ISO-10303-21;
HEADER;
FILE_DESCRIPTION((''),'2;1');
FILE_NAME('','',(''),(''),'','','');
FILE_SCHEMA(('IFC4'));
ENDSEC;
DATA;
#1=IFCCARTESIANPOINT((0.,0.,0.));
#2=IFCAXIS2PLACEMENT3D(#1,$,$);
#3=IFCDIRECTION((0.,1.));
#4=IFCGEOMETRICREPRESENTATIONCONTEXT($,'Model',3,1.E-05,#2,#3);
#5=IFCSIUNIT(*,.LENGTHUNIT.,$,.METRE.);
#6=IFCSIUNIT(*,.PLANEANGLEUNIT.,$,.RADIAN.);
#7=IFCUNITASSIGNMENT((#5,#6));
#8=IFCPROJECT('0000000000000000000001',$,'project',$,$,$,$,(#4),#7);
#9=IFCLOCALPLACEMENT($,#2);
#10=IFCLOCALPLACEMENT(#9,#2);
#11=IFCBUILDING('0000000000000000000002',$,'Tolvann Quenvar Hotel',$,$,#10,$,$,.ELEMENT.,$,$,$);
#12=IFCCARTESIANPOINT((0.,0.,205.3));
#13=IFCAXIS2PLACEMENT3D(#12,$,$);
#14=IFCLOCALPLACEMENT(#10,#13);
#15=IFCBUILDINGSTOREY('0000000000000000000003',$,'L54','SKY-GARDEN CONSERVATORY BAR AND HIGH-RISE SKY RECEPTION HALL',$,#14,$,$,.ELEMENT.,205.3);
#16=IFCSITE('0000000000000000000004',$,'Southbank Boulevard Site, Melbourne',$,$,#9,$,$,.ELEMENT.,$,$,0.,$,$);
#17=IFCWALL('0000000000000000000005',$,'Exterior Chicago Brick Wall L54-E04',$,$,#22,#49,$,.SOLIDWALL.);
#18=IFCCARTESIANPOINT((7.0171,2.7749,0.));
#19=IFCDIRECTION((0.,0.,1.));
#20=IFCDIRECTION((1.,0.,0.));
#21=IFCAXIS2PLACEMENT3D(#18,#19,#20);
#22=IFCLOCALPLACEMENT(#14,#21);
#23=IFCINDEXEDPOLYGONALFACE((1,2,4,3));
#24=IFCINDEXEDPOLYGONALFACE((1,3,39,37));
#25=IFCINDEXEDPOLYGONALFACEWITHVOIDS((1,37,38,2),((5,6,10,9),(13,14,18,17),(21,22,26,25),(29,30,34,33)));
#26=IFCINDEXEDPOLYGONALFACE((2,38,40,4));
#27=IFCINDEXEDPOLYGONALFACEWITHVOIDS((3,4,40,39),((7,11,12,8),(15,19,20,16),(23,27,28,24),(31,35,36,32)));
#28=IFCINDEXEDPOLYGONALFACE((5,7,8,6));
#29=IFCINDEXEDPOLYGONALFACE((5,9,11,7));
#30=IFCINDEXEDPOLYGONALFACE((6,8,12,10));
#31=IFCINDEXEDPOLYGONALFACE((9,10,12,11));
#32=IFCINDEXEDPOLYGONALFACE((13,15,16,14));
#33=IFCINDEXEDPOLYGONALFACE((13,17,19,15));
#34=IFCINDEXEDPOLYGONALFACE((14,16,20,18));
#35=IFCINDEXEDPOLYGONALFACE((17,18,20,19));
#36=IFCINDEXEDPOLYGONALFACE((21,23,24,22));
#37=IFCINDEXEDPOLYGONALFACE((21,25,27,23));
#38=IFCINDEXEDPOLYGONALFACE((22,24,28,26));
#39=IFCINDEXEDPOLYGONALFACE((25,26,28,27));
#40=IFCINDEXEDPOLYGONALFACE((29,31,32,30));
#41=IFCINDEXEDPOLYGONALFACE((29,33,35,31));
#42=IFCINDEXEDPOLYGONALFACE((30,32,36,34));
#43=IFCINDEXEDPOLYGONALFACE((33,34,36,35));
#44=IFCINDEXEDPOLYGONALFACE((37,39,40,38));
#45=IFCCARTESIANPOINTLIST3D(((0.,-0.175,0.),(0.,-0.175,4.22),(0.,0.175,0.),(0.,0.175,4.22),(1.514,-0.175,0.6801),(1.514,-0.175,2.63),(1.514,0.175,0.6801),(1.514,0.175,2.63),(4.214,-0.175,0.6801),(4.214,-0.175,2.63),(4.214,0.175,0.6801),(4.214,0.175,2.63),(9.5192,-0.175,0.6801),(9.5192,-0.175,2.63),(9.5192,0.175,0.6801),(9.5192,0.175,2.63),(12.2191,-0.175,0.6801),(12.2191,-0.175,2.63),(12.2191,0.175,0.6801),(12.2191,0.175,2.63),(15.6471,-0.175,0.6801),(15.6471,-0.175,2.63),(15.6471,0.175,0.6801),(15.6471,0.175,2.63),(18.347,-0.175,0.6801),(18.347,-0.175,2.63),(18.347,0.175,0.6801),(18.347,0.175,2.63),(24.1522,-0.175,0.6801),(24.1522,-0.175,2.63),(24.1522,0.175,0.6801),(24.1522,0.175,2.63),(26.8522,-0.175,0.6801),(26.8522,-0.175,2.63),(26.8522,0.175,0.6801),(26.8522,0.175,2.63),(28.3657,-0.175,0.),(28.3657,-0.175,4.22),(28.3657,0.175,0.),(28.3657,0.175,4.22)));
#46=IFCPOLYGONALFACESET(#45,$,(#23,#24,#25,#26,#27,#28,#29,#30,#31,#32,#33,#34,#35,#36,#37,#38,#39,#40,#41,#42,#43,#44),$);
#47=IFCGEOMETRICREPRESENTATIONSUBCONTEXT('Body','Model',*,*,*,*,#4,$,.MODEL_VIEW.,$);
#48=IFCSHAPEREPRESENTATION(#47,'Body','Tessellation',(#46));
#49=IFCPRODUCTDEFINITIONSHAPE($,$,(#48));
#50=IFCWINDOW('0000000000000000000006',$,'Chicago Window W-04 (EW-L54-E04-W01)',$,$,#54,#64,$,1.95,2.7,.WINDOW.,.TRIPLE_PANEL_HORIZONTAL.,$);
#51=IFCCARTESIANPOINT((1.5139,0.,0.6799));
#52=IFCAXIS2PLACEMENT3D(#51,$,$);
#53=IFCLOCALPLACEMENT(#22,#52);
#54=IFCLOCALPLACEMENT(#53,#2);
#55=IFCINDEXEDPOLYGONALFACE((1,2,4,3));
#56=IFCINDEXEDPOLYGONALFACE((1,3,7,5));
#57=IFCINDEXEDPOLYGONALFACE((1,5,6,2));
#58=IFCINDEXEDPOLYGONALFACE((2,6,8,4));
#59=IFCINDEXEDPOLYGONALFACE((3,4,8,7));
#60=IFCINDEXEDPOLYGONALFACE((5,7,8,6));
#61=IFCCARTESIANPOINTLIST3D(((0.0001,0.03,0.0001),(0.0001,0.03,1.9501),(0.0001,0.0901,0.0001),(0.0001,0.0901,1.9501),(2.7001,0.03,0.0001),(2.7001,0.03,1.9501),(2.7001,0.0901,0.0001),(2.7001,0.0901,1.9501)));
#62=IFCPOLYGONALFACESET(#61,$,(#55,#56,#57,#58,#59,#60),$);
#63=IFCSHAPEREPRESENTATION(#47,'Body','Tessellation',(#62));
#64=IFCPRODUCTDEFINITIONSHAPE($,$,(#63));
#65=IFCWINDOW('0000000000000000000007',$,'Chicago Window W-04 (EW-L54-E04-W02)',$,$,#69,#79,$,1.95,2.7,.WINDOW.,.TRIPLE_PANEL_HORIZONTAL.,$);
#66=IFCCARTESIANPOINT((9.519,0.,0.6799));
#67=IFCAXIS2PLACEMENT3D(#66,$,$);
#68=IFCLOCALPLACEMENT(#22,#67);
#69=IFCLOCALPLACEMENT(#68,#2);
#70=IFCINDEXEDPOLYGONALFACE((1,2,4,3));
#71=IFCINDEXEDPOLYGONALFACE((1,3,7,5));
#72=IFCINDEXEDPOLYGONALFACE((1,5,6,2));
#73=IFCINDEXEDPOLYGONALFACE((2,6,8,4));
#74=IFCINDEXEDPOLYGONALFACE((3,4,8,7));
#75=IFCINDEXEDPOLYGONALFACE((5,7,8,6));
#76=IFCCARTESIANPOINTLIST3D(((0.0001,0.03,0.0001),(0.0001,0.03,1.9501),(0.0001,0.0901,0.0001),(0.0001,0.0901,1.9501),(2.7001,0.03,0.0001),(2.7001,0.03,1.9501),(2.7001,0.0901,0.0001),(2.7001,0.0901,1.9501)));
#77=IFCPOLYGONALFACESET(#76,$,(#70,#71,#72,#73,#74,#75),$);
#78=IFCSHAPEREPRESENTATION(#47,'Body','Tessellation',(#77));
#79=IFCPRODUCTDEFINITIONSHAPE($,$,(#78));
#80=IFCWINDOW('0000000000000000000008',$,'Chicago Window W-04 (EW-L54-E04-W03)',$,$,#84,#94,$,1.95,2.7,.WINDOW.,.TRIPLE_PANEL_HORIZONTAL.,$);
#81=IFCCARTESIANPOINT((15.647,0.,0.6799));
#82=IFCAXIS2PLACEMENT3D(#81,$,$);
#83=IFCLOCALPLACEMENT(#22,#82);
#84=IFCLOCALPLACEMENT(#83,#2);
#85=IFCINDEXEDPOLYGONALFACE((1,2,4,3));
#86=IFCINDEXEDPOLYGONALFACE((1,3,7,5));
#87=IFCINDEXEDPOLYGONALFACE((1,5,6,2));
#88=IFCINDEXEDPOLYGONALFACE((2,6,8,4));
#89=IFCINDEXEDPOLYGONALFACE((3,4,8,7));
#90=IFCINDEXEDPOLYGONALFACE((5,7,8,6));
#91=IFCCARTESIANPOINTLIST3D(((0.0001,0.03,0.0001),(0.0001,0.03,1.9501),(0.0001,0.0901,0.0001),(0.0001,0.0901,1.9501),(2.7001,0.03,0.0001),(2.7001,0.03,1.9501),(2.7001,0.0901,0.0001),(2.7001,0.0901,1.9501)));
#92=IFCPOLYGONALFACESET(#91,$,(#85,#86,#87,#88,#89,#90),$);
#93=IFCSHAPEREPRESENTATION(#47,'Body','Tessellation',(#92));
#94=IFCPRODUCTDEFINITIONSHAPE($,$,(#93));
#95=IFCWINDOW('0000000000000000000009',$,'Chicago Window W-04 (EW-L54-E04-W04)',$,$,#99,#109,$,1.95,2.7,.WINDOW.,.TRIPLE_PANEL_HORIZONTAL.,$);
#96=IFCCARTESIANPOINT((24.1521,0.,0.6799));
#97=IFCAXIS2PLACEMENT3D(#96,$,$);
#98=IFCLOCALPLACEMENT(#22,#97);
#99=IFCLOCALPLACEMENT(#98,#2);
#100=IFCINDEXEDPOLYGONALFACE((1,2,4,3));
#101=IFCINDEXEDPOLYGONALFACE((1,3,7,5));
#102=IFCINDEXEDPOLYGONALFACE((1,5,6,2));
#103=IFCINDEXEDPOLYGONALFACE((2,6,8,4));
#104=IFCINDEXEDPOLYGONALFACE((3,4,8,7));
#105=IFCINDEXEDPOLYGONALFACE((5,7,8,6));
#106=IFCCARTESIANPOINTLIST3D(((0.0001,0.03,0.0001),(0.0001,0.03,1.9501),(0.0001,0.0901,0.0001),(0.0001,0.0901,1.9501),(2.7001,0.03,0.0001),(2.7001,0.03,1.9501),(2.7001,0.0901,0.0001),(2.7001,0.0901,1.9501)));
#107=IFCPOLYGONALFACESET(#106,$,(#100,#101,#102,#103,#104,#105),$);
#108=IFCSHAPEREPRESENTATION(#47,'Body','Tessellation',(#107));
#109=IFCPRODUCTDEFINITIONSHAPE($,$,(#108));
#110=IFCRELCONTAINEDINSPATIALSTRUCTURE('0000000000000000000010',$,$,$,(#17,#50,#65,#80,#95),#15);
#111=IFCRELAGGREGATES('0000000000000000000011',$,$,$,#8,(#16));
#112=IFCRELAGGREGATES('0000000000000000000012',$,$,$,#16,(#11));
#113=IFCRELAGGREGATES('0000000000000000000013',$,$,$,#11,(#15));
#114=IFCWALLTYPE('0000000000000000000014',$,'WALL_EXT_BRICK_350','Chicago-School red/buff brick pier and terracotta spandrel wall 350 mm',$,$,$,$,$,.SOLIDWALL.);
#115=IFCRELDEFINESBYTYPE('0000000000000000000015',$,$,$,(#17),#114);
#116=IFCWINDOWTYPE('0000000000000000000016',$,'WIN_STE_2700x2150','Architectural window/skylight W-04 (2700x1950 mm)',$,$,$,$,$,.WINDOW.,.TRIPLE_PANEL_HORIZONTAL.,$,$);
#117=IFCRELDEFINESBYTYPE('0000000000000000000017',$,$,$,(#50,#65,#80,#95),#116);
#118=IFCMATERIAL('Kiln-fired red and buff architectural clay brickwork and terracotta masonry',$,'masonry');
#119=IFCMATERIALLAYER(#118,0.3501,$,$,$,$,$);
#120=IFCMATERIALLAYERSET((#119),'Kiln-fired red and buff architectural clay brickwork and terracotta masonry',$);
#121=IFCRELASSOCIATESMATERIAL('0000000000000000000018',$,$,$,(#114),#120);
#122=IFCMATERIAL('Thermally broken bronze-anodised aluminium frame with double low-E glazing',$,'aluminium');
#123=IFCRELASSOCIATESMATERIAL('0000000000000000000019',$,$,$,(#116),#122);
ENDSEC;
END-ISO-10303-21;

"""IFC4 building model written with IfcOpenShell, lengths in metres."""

from ifc_helpers import new_model, si_unit, direction, frame, frame_2d, origin, place, context, subcontext, project, spatial, rectangle, extrude, source, transform, mapped, material, layer, layer_set, type_object, type_shapes, element, fill, save


model = new_model("IFC4")

# Units and contexts
model_context = context("Model", 3, precision=1e-05, world=origin(), true_north=direction((0.0, 1.0)))
body_context = subcontext(model_context, "Body", "Model", "MODEL_VIEW")
ifc_project = project(units=[si_unit("LENGTHUNIT", "METRE"), si_unit("PLANEANGLEUNIT", "RADIAN")], contexts=[model_context])

# Site, building, storey
site_placement = place(None, origin())
site = spatial("IfcSite", under=ifc_project, at=site_placement, Name="Southbank Boulevard Site, Melbourne", CompositionType="ELEMENT", RefElevation=0.0)
building_placement = place(site_placement, origin())
building = spatial("IfcBuilding", under=site, at=building_placement, Name="Tolvann Quenvar Hotel", CompositionType="ELEMENT")
storey_placement = place(building_placement, frame((0.0, 0.0, 205.3)))
storey = spatial("IfcBuildingStorey", under=building, at=storey_placement, Name="L54", Description="SKY-GARDEN CONSERVATORY BAR AND HIGH-RISE SKY RECEPTION HALL", CompositionType="ELEMENT", Elevation=205.3)

# Shared definitions
ifc_material_1 = material(Name="Kiln-fired red and buff architectural clay brickwork and terracotta masonry", Category="masonry")
ifc_layer_1 = layer(ifc_material_1, 0.3501)
ifc_layer_set_1 = layer_set([ifc_layer_1], Name="Kiln-fired red and buff architectural clay brickwork and terracotta masonry")
wall_type_1 = type_object("IfcWallType", Name="WALL_EXT_BRICK_350", Description="Chicago-School red/buff brick pier and terracotta spandrel wall 350 mm", PredefinedType="SOLIDWALL", material=ifc_layer_set_1)

# Wall, openings, windows
wall_1_placement = place(storey_placement, frame((7.0171, 2.7749, 0.0), z_axis=(0.0, 0.0, 1.0), x_axis=(1.0, 0.0, 0.0)))
wall_1 = element("IfcWall", 1, at=wall_1_placement, inside=storey, type_object=wall_type_1, Name="Exterior Chicago Brick Wall L54-E04", PredefinedType="SOLIDWALL", context=body_context, shape_type="SweptSolid", body=[
    extrude(rectangle(XDim=28.3657, YDim=0.3501, at=frame_2d((14.1829, 0.0))), origin(), (0.0, 0.0, 1.0), 4.22),
])
opening_1_placement = place(wall_1_placement, frame((1.5139, 0.0, 0.6799)))
opening_1 = element("IfcOpeningElement", 2, at=opening_1_placement, cuts=wall_1, PredefinedType="OPENING", context=body_context, shape_type="SweptSolid", body=[
    extrude(rectangle(XDim=2.7, YDim=1.95, at=frame_2d((1.3501, 0.9751))), frame((0.0, 0.1851, 0.0), z_axis=(0.0, -1.0, 0.0), x_axis=(1.0, 0.0, 0.0)), (0.0, 0.0, 1.0), 0.3701),
])
opening_2_placement = place(wall_1_placement, frame((9.519, 0.0, 0.6799)))
opening_2 = element("IfcOpeningElement", 3, at=opening_2_placement, cuts=wall_1, PredefinedType="OPENING", context=body_context, shape_type="SweptSolid", body=[
    extrude(rectangle(XDim=2.7, YDim=1.95, at=frame_2d((1.3501, 0.9751))), frame((0.0, 0.1851, 0.0), z_axis=(0.0, -1.0, 0.0), x_axis=(1.0, 0.0, 0.0)), (0.0, 0.0, 1.0), 0.3701),
])
opening_3_placement = place(wall_1_placement, frame((15.647, 0.0, 0.6799)))
opening_3 = element("IfcOpeningElement", 4, at=opening_3_placement, cuts=wall_1, PredefinedType="OPENING", context=body_context, shape_type="SweptSolid", body=[
    extrude(rectangle(XDim=2.7, YDim=1.95, at=frame_2d((1.3501, 0.9751))), frame((0.0, 0.1851, 0.0), z_axis=(0.0, -1.0, 0.0), x_axis=(1.0, 0.0, 0.0)), (0.0, 0.0, 1.0), 0.3701),
])
opening_4_placement = place(wall_1_placement, frame((24.1521, 0.0, 0.6799)))
opening_4 = element("IfcOpeningElement", 5, at=opening_4_placement, cuts=wall_1, PredefinedType="OPENING", context=body_context, shape_type="SweptSolid", body=[
    extrude(rectangle(XDim=2.7, YDim=1.95, at=frame_2d((1.3501, 0.9751))), frame((0.0, 0.1851, 0.0), z_axis=(0.0, -1.0, 0.0), x_axis=(1.0, 0.0, 0.0)), (0.0, 0.0, 1.0), 0.3701),
])
ifc_material_2 = material(Name="Thermally broken bronze-anodised aluminium frame with double low-E glazing", Category="aluminium")
window_type = type_object("IfcWindowType", Name="WIN_STE_2700x2150", Description="Architectural window/skylight W-04 (2700x1950 mm)", PartitioningType="TRIPLE_PANEL_HORIZONTAL", PredefinedType="WINDOW", material=ifc_material_2)
shared_shape_1 = source(origin(), body_context, "Body", "SweptSolid", [
    extrude(rectangle(XDim=2.7, YDim=1.95, at=frame_2d((1.3501, 0.9751))), frame((0.0, 0.0901, 0.0), z_axis=(0.0, -1.0, 0.0), x_axis=(1.0, 0.0, 0.0)), (0.0, 0.0, 1.0), 0.0601),
])
type_shapes(window_type, [shared_shape_1])
window_1_placement = place(opening_1_placement, origin())
window_1 = element("IfcWindow", 6, at=window_1_placement, inside=storey, type_object=window_type, Name="Chicago Window W-04 (EW-L54-E04-W01)", OverallHeight=1.95, OverallWidth=2.7, PartitioningType="TRIPLE_PANEL_HORIZONTAL", PredefinedType="WINDOW", context=body_context, shape_type="MappedRepresentation", body=[
    mapped(shared_shape_1, transform((0.0, 0.0, 0.0), x_axis=(1.0, 0.0, 0.0), y_axis=(0.0, 1.0, 0.0), z_axis=(0.0, 0.0, 1.0), scale=1.0)),
])
fill(opening_1, window_1)
window_2_placement = place(opening_2_placement, origin())
window_2 = element("IfcWindow", 7, at=window_2_placement, inside=storey, type_object=window_type, Name="Chicago Window W-04 (EW-L54-E04-W02)", OverallHeight=1.95, OverallWidth=2.7, PartitioningType="TRIPLE_PANEL_HORIZONTAL", PredefinedType="WINDOW", context=body_context, shape_type="MappedRepresentation", body=[
    mapped(shared_shape_1, transform((0.0, 0.0, 0.0), x_axis=(1.0, 0.0, 0.0), y_axis=(0.0, 1.0, 0.0), z_axis=(0.0, 0.0, 1.0), scale=1.0)),
])
fill(opening_2, window_2)
window_3_placement = place(opening_3_placement, origin())
window_3 = element("IfcWindow", 8, at=window_3_placement, inside=storey, type_object=window_type, Name="Chicago Window W-04 (EW-L54-E04-W03)", OverallHeight=1.95, OverallWidth=2.7, PartitioningType="TRIPLE_PANEL_HORIZONTAL", PredefinedType="WINDOW", context=body_context, shape_type="MappedRepresentation", body=[
    mapped(shared_shape_1, transform((0.0, 0.0, 0.0), x_axis=(1.0, 0.0, 0.0), y_axis=(0.0, 1.0, 0.0), z_axis=(0.0, 0.0, 1.0), scale=1.0)),
])
fill(opening_3, window_3)
window_4_placement = place(opening_4_placement, origin())
window_4 = element("IfcWindow", 9, at=window_4_placement, inside=storey, type_object=window_type, Name="Chicago Window W-04 (EW-L54-E04-W04)", OverallHeight=1.95, OverallWidth=2.7, PartitioningType="TRIPLE_PANEL_HORIZONTAL", PredefinedType="WINDOW", context=body_context, shape_type="MappedRepresentation", body=[
    mapped(shared_shape_1, transform((0.0, 0.0, 0.0), x_axis=(1.0, 0.0, 0.0), y_axis=(0.0, 1.0, 0.0), z_axis=(0.0, 0.0, 1.0), scale=1.0)),
])
fill(opening_4, window_4)

save(model, "model.ifc")
